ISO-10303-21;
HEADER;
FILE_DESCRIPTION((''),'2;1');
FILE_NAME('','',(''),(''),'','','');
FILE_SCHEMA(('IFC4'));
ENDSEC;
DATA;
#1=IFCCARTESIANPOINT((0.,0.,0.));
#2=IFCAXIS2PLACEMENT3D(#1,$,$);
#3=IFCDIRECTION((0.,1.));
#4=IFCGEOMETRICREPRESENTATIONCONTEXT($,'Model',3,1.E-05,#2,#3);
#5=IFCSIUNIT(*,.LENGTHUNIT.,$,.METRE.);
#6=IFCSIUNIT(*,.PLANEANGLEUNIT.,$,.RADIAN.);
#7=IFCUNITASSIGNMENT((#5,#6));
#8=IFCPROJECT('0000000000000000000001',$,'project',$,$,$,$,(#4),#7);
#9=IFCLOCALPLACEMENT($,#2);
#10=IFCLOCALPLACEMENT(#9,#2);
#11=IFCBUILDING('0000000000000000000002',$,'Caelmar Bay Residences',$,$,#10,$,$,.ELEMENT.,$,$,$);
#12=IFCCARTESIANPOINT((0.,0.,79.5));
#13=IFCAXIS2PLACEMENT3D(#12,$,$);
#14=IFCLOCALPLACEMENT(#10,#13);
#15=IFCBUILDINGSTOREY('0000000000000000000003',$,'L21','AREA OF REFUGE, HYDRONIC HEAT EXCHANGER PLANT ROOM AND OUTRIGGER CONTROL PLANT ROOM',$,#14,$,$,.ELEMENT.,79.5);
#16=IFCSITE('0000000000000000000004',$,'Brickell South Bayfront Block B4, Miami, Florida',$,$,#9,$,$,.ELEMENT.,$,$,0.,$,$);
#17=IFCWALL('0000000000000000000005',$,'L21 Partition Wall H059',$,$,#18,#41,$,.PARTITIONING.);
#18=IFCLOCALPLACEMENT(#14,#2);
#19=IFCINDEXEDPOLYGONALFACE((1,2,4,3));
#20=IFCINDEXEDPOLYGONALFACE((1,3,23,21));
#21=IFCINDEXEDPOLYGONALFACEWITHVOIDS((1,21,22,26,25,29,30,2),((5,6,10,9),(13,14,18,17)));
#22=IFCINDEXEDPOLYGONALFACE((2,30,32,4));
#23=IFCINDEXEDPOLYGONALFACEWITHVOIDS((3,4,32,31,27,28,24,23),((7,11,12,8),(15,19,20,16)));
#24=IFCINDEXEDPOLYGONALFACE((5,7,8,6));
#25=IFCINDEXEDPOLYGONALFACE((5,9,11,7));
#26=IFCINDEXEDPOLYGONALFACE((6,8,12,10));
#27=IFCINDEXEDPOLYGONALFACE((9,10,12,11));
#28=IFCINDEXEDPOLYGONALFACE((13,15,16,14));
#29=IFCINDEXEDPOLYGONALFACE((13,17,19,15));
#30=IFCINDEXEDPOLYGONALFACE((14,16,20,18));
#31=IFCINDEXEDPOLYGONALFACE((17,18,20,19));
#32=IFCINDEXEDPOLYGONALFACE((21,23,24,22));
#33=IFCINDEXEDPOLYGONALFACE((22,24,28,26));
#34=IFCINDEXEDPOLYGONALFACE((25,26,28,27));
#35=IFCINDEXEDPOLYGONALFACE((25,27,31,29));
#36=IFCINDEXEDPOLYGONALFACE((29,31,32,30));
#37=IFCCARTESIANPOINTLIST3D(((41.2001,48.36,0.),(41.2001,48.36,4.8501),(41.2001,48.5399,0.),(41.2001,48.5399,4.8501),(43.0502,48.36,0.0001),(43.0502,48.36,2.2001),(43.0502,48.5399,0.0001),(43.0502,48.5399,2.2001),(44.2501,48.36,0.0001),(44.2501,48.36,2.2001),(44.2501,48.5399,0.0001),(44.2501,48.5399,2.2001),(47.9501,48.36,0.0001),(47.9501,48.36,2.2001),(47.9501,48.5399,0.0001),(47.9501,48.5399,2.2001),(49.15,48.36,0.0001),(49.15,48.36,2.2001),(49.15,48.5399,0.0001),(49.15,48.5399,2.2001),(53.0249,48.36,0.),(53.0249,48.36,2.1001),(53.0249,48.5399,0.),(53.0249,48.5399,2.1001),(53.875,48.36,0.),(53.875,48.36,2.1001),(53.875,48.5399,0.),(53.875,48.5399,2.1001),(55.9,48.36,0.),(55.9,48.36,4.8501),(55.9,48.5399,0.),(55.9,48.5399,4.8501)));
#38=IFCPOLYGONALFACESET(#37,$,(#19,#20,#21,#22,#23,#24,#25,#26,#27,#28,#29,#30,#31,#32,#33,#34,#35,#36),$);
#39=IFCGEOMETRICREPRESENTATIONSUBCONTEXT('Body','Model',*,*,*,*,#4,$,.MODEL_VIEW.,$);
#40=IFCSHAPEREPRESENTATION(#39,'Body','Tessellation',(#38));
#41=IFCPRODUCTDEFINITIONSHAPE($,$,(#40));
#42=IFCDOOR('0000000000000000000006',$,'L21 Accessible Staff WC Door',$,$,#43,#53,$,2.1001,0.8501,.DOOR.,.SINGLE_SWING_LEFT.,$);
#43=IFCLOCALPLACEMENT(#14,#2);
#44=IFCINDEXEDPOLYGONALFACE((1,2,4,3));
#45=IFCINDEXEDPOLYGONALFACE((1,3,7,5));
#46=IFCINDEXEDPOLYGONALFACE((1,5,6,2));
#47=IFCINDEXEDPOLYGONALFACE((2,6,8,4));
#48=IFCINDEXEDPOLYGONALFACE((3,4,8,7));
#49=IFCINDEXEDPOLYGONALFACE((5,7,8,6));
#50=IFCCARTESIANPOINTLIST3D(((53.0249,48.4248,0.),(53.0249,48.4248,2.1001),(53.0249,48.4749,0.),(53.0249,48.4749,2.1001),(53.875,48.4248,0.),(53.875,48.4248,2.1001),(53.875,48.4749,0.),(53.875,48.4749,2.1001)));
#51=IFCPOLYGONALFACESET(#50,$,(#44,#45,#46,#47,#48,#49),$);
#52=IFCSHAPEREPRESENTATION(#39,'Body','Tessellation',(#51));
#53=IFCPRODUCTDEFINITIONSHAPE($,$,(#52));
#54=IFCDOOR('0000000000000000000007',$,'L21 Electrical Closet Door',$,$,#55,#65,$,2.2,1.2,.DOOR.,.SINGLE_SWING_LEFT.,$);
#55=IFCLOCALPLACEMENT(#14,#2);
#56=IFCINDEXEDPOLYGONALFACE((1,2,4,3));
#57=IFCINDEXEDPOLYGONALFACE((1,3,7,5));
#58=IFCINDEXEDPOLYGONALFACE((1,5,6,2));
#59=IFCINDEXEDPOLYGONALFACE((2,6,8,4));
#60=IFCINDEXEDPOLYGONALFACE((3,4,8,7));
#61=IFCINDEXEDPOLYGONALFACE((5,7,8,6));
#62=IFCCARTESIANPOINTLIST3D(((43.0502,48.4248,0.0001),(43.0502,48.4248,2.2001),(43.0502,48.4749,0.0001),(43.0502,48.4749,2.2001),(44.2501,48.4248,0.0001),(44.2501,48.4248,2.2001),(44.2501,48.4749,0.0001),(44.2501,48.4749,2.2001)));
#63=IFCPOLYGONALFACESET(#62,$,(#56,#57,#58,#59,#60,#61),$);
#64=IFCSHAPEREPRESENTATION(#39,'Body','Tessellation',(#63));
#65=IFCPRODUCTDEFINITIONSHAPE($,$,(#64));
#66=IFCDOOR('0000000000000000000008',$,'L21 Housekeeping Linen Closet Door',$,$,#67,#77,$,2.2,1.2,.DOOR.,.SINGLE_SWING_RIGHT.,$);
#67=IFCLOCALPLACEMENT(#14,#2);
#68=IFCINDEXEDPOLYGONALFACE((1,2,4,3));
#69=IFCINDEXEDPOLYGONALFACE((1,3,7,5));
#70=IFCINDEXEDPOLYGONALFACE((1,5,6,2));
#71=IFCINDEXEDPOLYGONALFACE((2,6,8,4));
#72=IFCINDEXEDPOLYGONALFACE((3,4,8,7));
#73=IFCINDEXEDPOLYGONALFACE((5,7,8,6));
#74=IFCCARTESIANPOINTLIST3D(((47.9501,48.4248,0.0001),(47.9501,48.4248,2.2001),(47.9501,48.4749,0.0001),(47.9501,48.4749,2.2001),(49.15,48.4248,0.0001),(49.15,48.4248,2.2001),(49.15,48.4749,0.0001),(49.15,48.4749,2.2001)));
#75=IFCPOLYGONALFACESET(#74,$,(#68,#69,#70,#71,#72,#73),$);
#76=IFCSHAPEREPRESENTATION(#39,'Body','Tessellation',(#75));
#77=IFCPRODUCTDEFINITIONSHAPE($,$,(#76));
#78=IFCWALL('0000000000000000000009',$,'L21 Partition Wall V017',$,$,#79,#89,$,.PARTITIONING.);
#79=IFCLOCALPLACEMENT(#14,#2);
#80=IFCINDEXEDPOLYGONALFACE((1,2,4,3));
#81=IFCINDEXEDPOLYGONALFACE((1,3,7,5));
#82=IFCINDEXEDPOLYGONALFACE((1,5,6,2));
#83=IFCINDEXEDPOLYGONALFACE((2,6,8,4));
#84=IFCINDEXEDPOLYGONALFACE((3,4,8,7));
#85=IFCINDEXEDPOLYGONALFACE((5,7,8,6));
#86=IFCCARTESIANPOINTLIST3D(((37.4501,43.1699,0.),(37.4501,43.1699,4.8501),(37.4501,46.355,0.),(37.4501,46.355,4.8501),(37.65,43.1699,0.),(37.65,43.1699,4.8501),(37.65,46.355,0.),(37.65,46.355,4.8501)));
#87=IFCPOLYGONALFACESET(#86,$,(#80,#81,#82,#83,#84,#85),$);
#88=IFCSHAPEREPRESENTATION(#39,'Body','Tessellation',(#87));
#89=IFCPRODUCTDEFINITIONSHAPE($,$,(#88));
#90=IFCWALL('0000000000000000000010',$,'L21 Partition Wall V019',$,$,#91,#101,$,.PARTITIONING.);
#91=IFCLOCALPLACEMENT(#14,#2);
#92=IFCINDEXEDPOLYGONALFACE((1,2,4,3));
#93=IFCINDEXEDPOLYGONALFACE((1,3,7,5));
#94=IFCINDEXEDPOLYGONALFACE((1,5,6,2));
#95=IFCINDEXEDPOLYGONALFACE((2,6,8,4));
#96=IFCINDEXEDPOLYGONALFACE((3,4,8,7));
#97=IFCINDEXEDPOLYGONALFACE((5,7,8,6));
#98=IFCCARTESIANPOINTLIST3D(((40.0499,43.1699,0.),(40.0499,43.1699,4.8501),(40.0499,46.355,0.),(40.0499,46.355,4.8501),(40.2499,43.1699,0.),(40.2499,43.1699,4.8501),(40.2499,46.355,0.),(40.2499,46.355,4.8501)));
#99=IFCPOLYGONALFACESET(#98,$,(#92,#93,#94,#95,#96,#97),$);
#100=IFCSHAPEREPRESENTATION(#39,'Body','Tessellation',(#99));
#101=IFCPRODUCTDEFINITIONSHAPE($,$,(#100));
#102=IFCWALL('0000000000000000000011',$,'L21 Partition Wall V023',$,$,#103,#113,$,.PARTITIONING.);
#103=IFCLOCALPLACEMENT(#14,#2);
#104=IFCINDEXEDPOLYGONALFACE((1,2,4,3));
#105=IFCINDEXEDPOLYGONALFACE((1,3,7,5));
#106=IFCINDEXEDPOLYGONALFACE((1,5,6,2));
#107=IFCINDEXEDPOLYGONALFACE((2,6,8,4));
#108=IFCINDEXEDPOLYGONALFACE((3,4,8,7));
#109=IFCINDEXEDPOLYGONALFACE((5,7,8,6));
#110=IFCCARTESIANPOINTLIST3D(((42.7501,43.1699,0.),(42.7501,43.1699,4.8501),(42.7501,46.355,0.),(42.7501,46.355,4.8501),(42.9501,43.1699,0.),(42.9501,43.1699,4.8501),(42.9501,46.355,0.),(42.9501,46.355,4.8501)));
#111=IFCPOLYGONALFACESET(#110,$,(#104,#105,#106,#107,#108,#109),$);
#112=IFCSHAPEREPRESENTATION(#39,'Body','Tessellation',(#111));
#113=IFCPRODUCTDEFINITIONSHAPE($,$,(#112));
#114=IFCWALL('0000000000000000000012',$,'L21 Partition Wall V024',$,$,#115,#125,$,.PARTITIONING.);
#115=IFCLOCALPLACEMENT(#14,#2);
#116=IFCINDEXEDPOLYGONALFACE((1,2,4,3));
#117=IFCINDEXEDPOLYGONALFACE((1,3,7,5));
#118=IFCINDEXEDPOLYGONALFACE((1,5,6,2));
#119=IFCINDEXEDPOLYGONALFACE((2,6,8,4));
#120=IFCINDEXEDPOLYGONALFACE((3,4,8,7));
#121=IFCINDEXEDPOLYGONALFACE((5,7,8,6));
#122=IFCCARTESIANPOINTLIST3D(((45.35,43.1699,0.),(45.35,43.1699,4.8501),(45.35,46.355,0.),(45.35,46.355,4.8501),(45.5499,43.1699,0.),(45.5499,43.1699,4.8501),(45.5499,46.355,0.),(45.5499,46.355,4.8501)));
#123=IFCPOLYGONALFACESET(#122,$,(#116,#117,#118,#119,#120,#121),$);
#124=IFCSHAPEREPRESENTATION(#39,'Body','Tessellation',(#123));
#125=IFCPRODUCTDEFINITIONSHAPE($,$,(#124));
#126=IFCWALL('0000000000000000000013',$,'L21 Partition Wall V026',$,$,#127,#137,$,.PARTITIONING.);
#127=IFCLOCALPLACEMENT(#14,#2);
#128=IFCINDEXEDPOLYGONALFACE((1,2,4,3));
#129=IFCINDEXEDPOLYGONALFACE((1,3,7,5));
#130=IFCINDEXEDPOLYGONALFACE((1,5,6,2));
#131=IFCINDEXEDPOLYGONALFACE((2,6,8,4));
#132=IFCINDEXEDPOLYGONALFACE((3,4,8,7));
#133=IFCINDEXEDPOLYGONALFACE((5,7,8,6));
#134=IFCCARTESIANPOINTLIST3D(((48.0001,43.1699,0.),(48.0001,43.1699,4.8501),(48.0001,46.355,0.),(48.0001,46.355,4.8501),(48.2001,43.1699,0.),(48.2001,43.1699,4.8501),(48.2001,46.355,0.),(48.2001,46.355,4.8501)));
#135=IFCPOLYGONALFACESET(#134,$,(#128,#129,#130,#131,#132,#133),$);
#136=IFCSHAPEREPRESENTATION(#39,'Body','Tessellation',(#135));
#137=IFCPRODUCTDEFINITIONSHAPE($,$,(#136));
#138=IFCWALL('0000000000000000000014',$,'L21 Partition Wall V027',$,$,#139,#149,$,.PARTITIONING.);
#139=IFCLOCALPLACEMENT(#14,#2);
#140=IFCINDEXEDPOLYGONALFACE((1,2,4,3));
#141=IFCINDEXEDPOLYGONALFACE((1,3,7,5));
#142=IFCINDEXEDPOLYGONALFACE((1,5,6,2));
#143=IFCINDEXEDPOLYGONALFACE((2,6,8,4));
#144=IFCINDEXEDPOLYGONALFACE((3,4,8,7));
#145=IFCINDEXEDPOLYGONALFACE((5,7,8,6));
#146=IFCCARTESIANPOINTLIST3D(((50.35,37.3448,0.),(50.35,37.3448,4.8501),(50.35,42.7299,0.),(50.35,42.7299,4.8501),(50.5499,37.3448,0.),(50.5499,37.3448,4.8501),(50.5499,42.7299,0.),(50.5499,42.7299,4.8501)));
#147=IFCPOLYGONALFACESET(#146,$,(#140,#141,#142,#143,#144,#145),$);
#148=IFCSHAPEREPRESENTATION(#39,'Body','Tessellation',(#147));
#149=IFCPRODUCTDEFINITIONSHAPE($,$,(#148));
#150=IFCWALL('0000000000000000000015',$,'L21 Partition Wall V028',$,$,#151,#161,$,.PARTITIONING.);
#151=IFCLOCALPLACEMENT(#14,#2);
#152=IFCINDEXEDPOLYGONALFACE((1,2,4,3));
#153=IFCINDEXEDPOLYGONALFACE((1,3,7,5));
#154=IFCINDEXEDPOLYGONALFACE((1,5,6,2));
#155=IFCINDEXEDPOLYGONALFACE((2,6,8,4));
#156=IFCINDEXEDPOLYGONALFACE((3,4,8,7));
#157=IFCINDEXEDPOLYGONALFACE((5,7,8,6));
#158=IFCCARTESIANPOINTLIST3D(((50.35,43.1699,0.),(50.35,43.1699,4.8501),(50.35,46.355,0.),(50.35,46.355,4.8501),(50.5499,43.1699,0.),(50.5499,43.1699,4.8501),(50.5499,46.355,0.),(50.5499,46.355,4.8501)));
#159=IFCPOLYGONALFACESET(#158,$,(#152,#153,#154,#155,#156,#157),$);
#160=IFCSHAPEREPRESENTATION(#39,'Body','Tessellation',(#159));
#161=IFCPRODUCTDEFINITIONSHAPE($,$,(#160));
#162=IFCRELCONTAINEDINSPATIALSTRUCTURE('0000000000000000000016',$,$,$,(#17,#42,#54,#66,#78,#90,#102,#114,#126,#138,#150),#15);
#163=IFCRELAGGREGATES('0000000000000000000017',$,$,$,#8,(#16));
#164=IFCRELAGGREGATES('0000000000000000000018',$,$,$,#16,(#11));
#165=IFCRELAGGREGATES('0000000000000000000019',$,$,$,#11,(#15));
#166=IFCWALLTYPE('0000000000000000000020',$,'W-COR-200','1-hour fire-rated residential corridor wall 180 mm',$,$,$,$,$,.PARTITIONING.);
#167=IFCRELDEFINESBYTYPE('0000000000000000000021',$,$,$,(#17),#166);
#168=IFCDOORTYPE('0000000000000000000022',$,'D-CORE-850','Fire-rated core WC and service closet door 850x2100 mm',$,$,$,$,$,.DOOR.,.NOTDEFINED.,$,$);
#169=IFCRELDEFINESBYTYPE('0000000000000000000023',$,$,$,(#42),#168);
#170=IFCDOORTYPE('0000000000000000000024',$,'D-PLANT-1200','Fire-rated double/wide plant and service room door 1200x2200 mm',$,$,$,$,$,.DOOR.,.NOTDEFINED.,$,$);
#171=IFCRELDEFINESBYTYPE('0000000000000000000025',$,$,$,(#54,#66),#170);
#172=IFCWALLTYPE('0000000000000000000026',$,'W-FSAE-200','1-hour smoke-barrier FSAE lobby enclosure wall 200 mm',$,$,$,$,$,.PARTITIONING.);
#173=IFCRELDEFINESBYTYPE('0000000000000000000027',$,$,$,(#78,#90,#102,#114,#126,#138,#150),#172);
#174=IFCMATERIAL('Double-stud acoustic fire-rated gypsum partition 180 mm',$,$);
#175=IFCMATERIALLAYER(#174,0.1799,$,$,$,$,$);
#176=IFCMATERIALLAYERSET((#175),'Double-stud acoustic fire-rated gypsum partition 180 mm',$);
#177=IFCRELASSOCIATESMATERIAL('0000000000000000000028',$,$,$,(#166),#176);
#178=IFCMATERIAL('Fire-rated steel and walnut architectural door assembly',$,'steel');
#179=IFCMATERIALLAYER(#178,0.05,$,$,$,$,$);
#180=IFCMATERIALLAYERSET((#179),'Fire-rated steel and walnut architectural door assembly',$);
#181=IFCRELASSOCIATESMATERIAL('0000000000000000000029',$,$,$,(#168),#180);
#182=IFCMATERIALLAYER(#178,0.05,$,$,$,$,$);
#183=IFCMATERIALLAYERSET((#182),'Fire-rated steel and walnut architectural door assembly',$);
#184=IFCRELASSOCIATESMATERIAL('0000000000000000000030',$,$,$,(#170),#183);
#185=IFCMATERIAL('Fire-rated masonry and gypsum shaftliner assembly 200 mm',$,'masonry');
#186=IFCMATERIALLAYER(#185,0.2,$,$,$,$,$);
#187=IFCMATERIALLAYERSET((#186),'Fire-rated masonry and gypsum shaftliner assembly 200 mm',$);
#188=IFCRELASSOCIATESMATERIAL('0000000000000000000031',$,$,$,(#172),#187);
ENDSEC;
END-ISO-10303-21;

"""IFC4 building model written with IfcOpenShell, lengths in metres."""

from ifc_helpers import new_model, si_unit, direction, frame, frame_2d, origin, place, context, subcontext, project, spatial, rectangle, extrude, material, layer, layer_set, type_object, element, fill, save


model = new_model("IFC4")

# Units and contexts
model_context = context("Model", 3, precision=1e-05, world=origin(), true_north=direction((0.0, 1.0)))
body_context = subcontext(model_context, "Body", "Model", "MODEL_VIEW")
ifc_project = project(units=[si_unit("LENGTHUNIT", "METRE"), si_unit("PLANEANGLEUNIT", "RADIAN")], contexts=[model_context])

# Site, building, storey
site_placement = place(None, origin())
site = spatial("IfcSite", under=ifc_project, at=site_placement, Name="Brickell South Bayfront Block B4, Miami, Florida", CompositionType="ELEMENT", RefElevation=0.0)
building_placement = place(site_placement, origin())
building = spatial("IfcBuilding", under=site, at=building_placement, Name="Caelmar Bay Residences", CompositionType="ELEMENT")
storey_placement = place(building_placement, frame((0.0, 0.0, 79.5)))
storey = spatial("IfcBuildingStorey", under=building, at=storey_placement, Name="L21", Description="AREA OF REFUGE, HYDRONIC HEAT EXCHANGER PLANT ROOM AND OUTRIGGER CONTROL PLANT ROOM", CompositionType="ELEMENT", Elevation=79.5)

# Shared definitions
ifc_material_1 = material(Name="Double-stud acoustic fire-rated gypsum partition 180 mm")
ifc_layer_1 = layer(ifc_material_1, 0.1799)
ifc_layer_set_1 = layer_set([ifc_layer_1], Name="Double-stud acoustic fire-rated gypsum partition 180 mm")
wall_type_1 = type_object("IfcWallType", Name="W-COR-200", Description="1-hour fire-rated residential corridor wall 180 mm", PredefinedType="PARTITIONING", material=ifc_layer_set_1)
ifc_material_2 = material(Name="Fire-rated steel and walnut architectural door assembly", Category="steel")

# Wall, openings, doors
wall_1_placement = place(storey_placement, frame((41.2, 48.45, 0.0), z_axis=(0.0, 0.0, 1.0), x_axis=(1.0, 0.0, 0.0)))
wall_1 = element("IfcWall", 1, at=wall_1_placement, inside=storey, type_object=wall_type_1, Name="L21 Partition Wall H059", PredefinedType="PARTITIONING", context=body_context, shape_type="SweptSolid", body=[
    extrude(rectangle(XDim=14.7, YDim=0.1799, at=frame_2d((7.3501, 0.0))), origin(), (0.0, 0.0, 1.0), 4.8501),
])
opening_1_placement = place(wall_1_placement, frame((1.8501, 0.0, 0.0)))
opening_1 = element("IfcOpeningElement", 2, at=opening_1_placement, cuts=wall_1, PredefinedType="OPENING", context=body_context, shape_type="SweptSolid", body=[
    extrude(rectangle(XDim=1.2, YDim=2.2, at=frame_2d((0.6001, 1.1001))), frame((0.0, 0.0999, 0.0), z_axis=(0.0, -1.0, 0.0), x_axis=(1.0, 0.0, 0.0)), (0.0, 0.0, 1.0), 0.2),
])
opening_2_placement = place(wall_1_placement, frame((6.75, 0.0, 0.0)))
opening_2 = element("IfcOpeningElement", 3, at=opening_2_placement, cuts=wall_1, PredefinedType="OPENING", context=body_context, shape_type="SweptSolid", body=[
    extrude(rectangle(XDim=1.2, YDim=2.2, at=frame_2d((0.6001, 1.1001))), frame((0.0, 0.0999, 0.0), z_axis=(0.0, -1.0, 0.0), x_axis=(1.0, 0.0, 0.0)), (0.0, 0.0, 1.0), 0.2),
])
opening_3_placement = place(wall_1_placement, frame((11.825, 0.0, 0.0)))
opening_3 = element("IfcOpeningElement", 4, at=opening_3_placement, cuts=wall_1, PredefinedType="OPENING", context=body_context, shape_type="SweptSolid", body=[
    extrude(rectangle(XDim=0.8501, YDim=2.1001, at=frame_2d((0.425, 1.05))), frame((0.0, 0.0999, 0.0), z_axis=(0.0, -1.0, 0.0), x_axis=(1.0, 0.0, 0.0)), (0.0, 0.0, 1.0), 0.2),
])
ifc_layer_2 = layer(ifc_material_2, 0.05)
ifc_layer_set_2 = layer_set([ifc_layer_2], Name="Fire-rated steel and walnut architectural door assembly")
door_type_1 = type_object("IfcDoorType", Name="D-CORE-850", Description="Fire-rated core WC and service closet door 850x2100 mm", OperationType="NOTDEFINED", PredefinedType="DOOR", material=ifc_layer_set_2)
door_1_placement = place(opening_3_placement, origin())
door_1 = element("IfcDoor", 5, at=door_1_placement, inside=storey, type_object=door_type_1, Name="L21 Accessible Staff WC Door", OperationType="SINGLE_SWING_LEFT", OverallHeight=2.1001, OverallWidth=0.8501, PredefinedType="DOOR", context=body_context, shape_type="SweptSolid", body=[
    extrude(rectangle(XDim=0.8501, YDim=2.1001, at=frame_2d((0.425, 1.05))), frame((0.0, 0.0249, 0.0), z_axis=(0.0, -1.0, 0.0), x_axis=(1.0, 0.0, 0.0)), (0.0, 0.0, 1.0), 0.05),
])
fill(opening_3, door_1)
ifc_layer_3 = layer(ifc_material_2, 0.05)
ifc_layer_set_3 = layer_set([ifc_layer_3], Name="Fire-rated steel and walnut architectural door assembly")
door_type_2 = type_object("IfcDoorType", Name="D-PLANT-1200", Description="Fire-rated double/wide plant and service room door 1200x2200 mm", OperationType="NOTDEFINED", PredefinedType="DOOR", material=ifc_layer_set_3)
door_2_placement = place(opening_1_placement, origin())
door_2 = element("IfcDoor", 6, at=door_2_placement, inside=storey, type_object=door_type_2, Name="L21 Electrical Closet Door", OperationType="SINGLE_SWING_LEFT", OverallHeight=2.2, OverallWidth=1.2, PredefinedType="DOOR", context=body_context, shape_type="SweptSolid", body=[
    extrude(rectangle(XDim=1.2, YDim=2.2, at=frame_2d((0.6001, 1.1001))), frame((0.0, 0.0249, 0.0), z_axis=(0.0, -1.0, 0.0), x_axis=(1.0, 0.0, 0.0)), (0.0, 0.0, 1.0), 0.05),
])
fill(opening_1, door_2)
door_3_placement = place(opening_2_placement, origin())
door_3 = element("IfcDoor", 7, at=door_3_placement, inside=storey, type_object=door_type_2, Name="L21 Housekeeping Linen Closet Door", OperationType="SINGLE_SWING_RIGHT", OverallHeight=2.2, OverallWidth=1.2, PredefinedType="DOOR", context=body_context, shape_type="SweptSolid", body=[
    extrude(rectangle(XDim=1.2, YDim=2.2, at=frame_2d((0.6001, 1.1001))), frame((0.0, 0.0249, 0.0), z_axis=(0.0, -1.0, 0.0), x_axis=(1.0, 0.0, 0.0)), (0.0, 0.0, 1.0), 0.05),
])
fill(opening_2, door_3)

# Walls
ifc_material_3 = material(Name="Fire-rated masonry and gypsum shaftliner assembly 200 mm", Category="masonry")
ifc_layer_4 = layer(ifc_material_3, 0.2)
ifc_layer_set_4 = layer_set([ifc_layer_4], Name="Fire-rated masonry and gypsum shaftliner assembly 200 mm")
wall_type_2 = type_object("IfcWallType", Name="W-FSAE-200", Description="1-hour smoke-barrier FSAE lobby enclosure wall 200 mm", PredefinedType="PARTITIONING", material=ifc_layer_set_4)
for number, where, z_axis, x_axis, name in (
    (8, (37.55, 43.1699, 0.0), (0.0, 0.0, 1.0), (0.0, 1.0, 0.0), "L21 Partition Wall V017"),
    (9, (40.1499, 43.1699, 0.0), (0.0, 0.0, 1.0), (0.0, 1.0, 0.0), "L21 Partition Wall V019"),
    (10, (42.8501, 43.1699, 0.0), (0.0, 0.0, 1.0), (0.0, 1.0, 0.0), "L21 Partition Wall V023"),
    (11, (45.45, 43.1699, 0.0), (0.0, 0.0, 1.0), (0.0, 1.0, 0.0), "L21 Partition Wall V024"),
    (12, (48.1001, 43.1699, 0.0), (0.0, 0.0, 1.0), (0.0, 1.0, 0.0), "L21 Partition Wall V026"),
):
    element("IfcWall", number, at=place(storey_placement, frame(where, z_axis=z_axis, x_axis=x_axis)), inside=storey, type_object=wall_type_2, Name=name, PredefinedType="PARTITIONING", context=body_context, shape_type="SweptSolid", body=[
        extrude(rectangle(XDim=3.1851, YDim=0.2, at=frame_2d((1.5925, 0.0))), origin(), (0.0, 0.0, 1.0), 4.8501),
    ])
wall_2_placement = place(storey_placement, frame((50.45, 37.345, 0.0), z_axis=(0.0, 0.0, 1.0), x_axis=(0.0, 1.0, 0.0)))
element("IfcWall", 13, at=wall_2_placement, inside=storey, type_object=wall_type_2, Name="L21 Partition Wall V027", PredefinedType="PARTITIONING", context=body_context, shape_type="SweptSolid", body=[
    extrude(rectangle(XDim=5.385, YDim=0.2, at=frame_2d((2.6924, 0.0))), origin(), (0.0, 0.0, 1.0), 4.8501),
])
wall_3_placement = place(storey_placement, frame((50.45, 43.1699, 0.0), z_axis=(0.0, 0.0, 1.0), x_axis=(0.0, 1.0, 0.0)))
element("IfcWall", 14, at=wall_3_placement, inside=storey, type_object=wall_type_2, Name="L21 Partition Wall V028", PredefinedType="PARTITIONING", context=body_context, shape_type="SweptSolid", body=[
    extrude(rectangle(XDim=3.1851, YDim=0.2, at=frame_2d((1.5925, 0.0))), origin(), (0.0, 0.0, 1.0), 4.8501),
])

save(model, "model.ifc")
